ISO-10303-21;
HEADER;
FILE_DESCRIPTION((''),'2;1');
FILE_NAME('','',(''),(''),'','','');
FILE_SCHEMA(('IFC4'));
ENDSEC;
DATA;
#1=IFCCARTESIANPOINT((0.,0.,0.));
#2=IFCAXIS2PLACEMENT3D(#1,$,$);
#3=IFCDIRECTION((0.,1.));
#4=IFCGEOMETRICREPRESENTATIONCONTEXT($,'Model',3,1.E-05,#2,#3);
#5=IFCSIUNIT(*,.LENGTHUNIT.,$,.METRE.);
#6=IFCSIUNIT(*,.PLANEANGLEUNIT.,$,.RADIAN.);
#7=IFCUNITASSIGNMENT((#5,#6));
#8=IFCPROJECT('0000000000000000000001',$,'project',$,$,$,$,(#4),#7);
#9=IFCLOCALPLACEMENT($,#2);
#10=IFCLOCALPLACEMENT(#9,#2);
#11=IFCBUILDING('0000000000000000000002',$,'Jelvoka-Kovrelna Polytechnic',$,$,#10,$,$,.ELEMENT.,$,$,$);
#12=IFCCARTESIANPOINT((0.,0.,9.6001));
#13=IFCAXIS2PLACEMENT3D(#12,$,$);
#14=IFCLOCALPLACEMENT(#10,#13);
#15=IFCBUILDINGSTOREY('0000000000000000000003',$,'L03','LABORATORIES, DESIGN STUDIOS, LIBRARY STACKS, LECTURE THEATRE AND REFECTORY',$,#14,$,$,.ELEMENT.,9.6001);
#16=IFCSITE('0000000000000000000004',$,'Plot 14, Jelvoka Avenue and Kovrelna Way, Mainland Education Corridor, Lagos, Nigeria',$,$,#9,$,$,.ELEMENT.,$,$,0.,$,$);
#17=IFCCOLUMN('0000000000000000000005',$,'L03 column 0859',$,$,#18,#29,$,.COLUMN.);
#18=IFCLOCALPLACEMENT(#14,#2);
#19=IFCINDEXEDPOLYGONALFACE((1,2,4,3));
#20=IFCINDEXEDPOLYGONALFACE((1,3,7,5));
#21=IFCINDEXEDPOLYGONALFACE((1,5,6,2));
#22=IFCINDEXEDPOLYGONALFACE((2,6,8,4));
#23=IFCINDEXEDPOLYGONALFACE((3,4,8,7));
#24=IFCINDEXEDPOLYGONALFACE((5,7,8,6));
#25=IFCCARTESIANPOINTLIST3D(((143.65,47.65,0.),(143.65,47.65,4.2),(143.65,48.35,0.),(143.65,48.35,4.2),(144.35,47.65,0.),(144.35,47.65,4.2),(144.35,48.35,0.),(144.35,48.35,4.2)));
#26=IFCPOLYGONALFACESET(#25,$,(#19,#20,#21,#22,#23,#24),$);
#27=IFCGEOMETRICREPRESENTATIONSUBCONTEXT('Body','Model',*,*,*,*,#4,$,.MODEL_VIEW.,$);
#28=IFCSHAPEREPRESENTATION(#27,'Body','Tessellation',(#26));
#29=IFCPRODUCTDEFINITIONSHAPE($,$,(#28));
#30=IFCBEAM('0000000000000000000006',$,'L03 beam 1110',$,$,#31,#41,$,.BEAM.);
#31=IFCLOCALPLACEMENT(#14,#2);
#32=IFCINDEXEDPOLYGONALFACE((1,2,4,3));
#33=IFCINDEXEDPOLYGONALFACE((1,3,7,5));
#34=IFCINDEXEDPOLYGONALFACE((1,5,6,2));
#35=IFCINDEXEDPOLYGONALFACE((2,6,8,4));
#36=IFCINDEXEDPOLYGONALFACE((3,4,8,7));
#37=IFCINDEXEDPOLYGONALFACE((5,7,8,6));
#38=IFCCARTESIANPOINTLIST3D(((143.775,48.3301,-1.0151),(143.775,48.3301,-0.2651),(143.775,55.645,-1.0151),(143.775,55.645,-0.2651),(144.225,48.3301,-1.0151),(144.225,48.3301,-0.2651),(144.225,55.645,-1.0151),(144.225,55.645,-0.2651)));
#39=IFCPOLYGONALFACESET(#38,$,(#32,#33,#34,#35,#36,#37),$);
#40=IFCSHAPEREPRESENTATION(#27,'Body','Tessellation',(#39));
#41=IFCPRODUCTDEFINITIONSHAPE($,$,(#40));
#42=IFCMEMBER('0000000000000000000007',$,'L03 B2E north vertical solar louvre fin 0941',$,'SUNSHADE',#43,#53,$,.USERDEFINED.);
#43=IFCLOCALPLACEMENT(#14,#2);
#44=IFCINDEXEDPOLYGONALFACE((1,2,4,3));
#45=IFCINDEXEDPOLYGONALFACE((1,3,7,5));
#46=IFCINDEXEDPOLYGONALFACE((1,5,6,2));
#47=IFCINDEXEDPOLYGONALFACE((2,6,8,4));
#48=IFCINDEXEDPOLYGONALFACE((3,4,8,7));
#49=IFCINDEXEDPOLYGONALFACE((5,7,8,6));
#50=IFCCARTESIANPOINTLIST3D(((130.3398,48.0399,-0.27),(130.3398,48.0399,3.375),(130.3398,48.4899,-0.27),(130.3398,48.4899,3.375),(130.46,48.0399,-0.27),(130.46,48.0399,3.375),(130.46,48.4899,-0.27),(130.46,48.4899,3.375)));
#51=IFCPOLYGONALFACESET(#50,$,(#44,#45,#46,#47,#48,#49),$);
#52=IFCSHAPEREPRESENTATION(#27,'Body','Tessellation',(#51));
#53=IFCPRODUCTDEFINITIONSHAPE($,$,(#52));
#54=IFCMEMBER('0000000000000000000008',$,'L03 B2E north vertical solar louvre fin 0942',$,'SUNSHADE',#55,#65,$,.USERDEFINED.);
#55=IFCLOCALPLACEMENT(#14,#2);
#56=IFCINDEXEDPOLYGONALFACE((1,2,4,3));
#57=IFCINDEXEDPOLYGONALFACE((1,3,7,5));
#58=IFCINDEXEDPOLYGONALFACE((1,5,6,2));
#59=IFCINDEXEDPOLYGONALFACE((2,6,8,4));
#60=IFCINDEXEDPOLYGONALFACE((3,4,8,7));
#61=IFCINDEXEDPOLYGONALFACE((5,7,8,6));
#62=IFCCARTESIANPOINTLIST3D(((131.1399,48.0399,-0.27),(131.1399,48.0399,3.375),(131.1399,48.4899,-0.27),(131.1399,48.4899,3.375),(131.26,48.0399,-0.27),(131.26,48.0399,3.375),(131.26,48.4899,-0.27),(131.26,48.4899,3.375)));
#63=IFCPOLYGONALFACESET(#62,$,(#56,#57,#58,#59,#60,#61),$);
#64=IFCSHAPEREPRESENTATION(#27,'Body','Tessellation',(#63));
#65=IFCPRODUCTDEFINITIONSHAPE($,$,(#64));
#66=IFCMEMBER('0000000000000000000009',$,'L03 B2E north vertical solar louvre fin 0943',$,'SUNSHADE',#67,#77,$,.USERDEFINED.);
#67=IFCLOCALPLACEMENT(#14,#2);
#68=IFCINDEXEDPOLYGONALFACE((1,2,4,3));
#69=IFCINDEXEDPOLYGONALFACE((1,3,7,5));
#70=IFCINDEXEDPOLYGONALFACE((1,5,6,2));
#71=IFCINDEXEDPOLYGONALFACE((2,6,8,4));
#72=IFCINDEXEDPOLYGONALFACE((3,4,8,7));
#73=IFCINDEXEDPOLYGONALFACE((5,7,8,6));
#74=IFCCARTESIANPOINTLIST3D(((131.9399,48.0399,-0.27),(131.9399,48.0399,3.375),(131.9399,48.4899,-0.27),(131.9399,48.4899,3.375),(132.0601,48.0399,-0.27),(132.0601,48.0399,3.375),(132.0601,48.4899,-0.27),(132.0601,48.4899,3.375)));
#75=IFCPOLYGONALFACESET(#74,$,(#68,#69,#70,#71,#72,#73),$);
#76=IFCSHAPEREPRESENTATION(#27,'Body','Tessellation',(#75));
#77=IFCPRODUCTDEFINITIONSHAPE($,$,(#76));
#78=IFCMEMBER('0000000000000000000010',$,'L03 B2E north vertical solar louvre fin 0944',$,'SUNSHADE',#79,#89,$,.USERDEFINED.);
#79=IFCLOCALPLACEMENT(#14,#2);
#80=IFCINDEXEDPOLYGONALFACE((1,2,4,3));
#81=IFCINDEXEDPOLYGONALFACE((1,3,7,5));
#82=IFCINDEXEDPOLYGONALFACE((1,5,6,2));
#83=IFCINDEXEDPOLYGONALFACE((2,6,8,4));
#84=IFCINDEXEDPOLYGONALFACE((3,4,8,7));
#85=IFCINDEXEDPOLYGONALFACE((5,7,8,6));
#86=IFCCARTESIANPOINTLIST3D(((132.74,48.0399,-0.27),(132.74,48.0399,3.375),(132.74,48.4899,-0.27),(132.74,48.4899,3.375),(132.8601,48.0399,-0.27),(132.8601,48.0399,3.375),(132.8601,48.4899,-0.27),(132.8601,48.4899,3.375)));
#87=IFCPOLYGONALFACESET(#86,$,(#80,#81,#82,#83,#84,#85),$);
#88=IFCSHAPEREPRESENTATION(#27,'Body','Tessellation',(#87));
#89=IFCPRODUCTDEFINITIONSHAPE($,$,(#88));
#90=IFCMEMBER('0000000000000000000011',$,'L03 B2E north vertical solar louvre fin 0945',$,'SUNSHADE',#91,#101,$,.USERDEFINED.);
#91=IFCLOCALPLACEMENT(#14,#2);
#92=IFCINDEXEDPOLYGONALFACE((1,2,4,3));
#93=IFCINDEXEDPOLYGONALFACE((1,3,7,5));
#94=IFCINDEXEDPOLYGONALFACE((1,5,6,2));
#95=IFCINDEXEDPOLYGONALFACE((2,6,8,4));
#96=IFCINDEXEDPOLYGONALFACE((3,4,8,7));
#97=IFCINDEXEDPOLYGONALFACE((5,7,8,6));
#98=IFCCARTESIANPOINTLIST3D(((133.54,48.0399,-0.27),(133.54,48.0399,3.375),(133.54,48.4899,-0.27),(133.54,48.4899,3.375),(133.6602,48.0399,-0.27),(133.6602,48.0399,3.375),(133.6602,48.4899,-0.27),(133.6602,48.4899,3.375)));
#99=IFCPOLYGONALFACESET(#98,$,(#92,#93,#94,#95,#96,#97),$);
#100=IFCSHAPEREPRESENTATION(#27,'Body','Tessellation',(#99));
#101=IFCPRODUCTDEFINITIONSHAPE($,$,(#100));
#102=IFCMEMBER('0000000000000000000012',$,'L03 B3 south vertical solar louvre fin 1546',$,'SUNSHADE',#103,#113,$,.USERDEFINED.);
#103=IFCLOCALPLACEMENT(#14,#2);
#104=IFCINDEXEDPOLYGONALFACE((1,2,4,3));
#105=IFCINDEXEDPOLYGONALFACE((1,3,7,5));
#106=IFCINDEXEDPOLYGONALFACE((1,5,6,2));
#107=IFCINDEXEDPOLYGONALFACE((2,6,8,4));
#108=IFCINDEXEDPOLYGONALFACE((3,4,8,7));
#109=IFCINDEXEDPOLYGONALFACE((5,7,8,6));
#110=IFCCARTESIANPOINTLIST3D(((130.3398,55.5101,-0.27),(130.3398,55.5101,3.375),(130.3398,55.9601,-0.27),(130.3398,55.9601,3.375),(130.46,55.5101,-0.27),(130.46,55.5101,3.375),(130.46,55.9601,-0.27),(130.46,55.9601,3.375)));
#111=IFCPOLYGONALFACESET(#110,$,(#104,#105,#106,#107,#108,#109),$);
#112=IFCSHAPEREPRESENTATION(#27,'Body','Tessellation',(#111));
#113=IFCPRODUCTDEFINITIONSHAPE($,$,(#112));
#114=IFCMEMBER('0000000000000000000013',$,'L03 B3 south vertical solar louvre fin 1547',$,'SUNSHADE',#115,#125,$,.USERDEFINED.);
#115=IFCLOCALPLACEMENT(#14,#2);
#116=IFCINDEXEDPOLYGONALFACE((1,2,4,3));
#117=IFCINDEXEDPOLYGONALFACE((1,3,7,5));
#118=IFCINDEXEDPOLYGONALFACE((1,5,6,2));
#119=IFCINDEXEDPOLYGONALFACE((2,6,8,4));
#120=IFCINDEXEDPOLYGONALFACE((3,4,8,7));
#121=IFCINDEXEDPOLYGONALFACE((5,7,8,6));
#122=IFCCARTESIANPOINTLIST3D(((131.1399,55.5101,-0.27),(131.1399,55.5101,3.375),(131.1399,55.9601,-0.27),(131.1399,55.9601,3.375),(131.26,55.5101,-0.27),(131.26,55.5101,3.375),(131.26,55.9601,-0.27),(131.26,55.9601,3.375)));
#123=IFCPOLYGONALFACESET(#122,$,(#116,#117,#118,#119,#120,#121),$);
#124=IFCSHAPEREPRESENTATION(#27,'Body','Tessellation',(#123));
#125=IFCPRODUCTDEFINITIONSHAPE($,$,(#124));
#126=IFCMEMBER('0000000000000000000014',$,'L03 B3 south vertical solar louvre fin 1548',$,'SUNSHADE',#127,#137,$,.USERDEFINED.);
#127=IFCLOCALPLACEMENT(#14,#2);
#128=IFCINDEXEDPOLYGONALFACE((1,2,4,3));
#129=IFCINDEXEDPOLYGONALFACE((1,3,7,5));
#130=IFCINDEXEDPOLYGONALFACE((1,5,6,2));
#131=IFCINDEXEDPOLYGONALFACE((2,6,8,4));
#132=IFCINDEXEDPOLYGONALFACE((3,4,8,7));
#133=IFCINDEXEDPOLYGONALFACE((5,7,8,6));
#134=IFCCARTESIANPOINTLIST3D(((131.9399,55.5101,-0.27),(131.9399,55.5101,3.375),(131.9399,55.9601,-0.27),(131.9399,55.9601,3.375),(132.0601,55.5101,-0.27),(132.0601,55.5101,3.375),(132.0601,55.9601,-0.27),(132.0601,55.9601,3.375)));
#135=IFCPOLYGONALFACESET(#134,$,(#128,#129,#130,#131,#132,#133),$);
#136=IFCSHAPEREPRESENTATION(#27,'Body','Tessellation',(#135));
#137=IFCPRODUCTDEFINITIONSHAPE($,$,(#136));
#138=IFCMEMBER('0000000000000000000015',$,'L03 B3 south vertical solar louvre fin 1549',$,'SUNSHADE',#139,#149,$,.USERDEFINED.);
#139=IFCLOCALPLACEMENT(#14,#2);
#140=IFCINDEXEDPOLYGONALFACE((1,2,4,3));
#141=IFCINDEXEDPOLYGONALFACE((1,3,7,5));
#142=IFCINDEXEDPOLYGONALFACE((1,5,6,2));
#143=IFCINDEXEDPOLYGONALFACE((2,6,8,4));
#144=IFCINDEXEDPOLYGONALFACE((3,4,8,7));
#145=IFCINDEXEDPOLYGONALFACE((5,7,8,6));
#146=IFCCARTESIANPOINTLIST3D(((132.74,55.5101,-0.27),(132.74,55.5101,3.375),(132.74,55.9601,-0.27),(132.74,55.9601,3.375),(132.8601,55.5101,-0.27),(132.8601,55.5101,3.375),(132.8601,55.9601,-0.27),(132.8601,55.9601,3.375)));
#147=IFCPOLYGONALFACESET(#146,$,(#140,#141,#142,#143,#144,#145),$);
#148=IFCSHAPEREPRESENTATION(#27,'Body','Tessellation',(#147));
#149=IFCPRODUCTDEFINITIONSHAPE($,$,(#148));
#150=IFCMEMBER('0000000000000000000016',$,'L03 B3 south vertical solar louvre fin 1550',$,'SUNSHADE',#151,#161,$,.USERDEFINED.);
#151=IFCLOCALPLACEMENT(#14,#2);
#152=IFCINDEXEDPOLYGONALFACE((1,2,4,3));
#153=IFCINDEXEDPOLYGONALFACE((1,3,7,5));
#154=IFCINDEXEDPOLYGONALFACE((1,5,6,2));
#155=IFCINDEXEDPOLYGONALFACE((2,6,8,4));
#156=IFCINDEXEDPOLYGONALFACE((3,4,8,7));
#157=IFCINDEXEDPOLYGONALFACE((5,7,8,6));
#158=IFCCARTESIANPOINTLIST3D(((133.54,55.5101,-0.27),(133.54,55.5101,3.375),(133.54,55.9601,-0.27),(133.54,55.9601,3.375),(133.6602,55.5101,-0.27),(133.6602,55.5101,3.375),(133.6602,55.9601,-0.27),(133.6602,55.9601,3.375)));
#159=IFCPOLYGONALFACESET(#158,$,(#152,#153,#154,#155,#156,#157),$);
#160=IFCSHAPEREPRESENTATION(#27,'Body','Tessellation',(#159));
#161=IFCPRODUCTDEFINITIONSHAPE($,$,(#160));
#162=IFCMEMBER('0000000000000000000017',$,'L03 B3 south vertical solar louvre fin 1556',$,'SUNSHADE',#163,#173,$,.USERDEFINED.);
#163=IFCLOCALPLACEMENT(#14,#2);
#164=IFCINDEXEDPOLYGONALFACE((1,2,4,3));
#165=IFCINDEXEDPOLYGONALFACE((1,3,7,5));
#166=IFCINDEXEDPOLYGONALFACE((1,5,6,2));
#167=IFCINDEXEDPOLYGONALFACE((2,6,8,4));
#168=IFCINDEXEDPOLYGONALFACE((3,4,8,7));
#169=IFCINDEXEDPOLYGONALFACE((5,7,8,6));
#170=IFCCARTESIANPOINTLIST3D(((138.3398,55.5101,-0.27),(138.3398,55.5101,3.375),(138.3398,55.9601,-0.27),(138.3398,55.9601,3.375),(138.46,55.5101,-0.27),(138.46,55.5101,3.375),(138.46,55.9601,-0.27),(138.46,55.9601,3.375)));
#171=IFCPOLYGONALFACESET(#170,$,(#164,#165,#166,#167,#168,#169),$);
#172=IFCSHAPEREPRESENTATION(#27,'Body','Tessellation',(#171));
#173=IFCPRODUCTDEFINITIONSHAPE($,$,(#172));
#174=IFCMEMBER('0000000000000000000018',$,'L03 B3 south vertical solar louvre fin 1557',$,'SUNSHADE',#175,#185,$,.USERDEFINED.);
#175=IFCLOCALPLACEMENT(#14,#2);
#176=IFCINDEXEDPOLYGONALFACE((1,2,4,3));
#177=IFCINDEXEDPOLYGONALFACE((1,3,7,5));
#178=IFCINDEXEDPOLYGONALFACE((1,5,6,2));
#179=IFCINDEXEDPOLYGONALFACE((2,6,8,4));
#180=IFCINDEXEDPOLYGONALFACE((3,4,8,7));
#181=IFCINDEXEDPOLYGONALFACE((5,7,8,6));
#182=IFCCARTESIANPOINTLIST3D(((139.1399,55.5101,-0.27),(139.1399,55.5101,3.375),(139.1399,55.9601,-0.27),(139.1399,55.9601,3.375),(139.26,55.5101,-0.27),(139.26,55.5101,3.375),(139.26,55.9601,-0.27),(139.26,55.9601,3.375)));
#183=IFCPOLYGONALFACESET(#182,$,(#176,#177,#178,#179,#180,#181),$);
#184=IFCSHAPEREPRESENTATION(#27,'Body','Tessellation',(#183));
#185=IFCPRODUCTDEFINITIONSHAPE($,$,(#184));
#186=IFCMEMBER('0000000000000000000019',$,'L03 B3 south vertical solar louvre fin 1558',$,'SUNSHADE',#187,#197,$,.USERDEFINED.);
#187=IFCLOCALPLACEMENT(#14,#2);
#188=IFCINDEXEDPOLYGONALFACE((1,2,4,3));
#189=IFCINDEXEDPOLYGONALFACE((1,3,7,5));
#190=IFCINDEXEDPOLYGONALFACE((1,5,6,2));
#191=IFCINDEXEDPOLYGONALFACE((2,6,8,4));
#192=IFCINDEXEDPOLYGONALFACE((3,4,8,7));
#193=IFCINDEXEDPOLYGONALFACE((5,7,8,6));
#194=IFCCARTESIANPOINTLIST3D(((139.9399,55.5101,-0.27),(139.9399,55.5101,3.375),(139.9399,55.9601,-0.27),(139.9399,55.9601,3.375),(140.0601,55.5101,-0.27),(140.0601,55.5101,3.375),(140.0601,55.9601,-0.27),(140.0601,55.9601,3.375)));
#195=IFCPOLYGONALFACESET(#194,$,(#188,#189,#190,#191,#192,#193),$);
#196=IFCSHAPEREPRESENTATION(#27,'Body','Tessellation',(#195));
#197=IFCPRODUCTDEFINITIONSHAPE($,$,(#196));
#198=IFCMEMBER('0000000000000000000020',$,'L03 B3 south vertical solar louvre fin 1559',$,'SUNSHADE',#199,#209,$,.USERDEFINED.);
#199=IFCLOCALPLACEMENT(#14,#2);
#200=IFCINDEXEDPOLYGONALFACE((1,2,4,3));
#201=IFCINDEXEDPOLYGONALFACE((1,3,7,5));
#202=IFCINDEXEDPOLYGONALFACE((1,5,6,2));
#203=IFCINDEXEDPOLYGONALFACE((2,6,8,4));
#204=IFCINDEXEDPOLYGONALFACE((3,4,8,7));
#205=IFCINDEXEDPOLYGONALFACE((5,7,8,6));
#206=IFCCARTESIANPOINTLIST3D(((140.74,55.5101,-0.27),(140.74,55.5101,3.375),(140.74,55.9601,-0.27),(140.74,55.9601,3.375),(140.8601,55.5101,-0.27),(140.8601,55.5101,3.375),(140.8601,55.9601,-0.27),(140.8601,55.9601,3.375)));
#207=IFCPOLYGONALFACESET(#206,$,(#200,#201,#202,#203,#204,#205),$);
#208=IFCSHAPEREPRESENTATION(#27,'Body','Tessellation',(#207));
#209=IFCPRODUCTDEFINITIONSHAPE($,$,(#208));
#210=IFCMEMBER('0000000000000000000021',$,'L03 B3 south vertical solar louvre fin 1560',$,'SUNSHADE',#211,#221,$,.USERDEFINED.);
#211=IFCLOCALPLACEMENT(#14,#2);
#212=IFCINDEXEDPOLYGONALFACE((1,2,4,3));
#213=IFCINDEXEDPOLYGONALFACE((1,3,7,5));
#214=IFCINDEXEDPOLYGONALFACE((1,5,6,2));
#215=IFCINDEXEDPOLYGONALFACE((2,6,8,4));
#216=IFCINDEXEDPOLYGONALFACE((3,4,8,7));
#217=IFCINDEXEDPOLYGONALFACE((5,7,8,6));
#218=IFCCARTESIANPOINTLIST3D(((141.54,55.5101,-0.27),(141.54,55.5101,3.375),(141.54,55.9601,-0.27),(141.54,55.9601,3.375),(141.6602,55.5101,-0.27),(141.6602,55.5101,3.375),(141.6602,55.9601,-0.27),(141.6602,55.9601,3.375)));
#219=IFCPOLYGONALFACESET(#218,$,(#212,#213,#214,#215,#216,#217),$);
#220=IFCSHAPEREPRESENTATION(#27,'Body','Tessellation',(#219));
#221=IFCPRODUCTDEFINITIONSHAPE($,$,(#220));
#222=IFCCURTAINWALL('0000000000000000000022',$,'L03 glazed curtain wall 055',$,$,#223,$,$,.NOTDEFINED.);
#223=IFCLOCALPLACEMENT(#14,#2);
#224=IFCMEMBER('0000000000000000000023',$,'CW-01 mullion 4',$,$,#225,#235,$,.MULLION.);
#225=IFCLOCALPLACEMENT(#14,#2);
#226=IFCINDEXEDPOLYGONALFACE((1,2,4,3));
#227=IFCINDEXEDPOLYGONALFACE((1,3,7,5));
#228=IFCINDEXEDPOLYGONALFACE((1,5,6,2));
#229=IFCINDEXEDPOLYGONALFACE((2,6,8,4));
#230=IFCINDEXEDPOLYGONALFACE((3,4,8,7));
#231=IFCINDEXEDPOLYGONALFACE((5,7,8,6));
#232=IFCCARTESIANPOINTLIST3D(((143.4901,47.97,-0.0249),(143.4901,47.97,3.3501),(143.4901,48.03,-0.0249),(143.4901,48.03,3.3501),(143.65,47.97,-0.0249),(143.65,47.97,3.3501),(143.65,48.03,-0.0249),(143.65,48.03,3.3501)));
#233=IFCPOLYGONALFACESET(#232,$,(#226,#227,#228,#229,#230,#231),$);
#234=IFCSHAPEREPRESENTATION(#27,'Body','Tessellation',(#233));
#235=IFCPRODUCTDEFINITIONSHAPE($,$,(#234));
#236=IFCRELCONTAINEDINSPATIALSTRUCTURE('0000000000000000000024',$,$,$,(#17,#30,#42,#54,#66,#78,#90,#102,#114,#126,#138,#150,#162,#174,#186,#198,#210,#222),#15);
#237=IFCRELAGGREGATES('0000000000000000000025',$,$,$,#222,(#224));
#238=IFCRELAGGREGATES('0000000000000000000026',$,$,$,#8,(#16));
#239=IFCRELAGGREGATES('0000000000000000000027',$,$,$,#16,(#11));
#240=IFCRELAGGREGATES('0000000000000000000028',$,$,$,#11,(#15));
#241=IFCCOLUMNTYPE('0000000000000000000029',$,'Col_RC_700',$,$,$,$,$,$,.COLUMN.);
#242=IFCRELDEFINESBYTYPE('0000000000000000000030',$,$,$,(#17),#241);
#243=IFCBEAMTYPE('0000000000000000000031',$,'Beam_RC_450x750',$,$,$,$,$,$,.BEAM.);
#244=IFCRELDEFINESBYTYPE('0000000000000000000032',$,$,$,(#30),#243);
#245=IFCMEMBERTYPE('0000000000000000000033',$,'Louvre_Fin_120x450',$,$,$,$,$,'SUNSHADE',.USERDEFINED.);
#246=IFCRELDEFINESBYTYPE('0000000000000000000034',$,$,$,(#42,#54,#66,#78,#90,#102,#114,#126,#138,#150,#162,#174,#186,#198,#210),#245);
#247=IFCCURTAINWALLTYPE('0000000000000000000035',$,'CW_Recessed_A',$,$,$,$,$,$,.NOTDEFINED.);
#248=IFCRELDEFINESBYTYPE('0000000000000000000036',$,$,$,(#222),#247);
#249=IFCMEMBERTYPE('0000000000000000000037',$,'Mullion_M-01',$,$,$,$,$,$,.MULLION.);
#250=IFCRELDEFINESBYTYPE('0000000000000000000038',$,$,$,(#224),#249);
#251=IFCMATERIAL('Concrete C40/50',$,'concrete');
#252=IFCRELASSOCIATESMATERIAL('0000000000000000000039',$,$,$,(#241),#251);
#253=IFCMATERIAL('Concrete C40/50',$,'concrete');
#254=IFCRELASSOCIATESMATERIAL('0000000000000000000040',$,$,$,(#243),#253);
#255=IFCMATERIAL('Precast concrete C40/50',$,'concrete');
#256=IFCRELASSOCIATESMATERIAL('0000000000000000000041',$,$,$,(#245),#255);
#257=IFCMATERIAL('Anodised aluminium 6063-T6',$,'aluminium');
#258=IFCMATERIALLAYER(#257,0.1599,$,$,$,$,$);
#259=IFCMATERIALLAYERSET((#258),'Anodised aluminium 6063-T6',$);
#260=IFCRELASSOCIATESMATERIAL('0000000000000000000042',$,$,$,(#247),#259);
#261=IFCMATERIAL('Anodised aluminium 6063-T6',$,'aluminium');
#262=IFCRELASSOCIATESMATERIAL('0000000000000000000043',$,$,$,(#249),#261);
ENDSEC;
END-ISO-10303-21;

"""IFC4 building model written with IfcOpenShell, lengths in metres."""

from ifc_helpers import new_model, si_unit, direction, frame, origin, origin_2d, place, context, subcontext, project, spatial, rectangle, extrude, material, layer, layer_set, material_profile, profile_set, type_object, element, aggregate, save


model = new_model("IFC4")

# Units and contexts
model_context = context("Model", 3, precision=1e-05, world=origin(), true_north=direction((0.0, 1.0)))
body_context = subcontext(model_context, "Body", "Model", "MODEL_VIEW")
ifc_project = project(units=[si_unit("LENGTHUNIT", "METRE"), si_unit("PLANEANGLEUNIT", "RADIAN")], contexts=[model_context])

# Site, building, storey
site_placement = place(None, origin())
site = spatial("IfcSite", under=ifc_project, at=site_placement, Name="Plot 14, Jelvoka Avenue and Kovrelna Way, Mainland Education Corridor, Lagos, Nigeria", CompositionType="ELEMENT", RefElevation=0.0)
building_placement = place(site_placement, origin())
building = spatial("IfcBuilding", under=site, at=building_placement, Name="Jelvoka-Kovrelna Polytechnic", CompositionType="ELEMENT")
storey_placement = place(building_placement, frame((0.0, 0.0, 9.6001)))
storey = spatial("IfcBuildingStorey", under=building, at=storey_placement, Name="L03", Description="LABORATORIES, DESIGN STUDIOS, LIBRARY STACKS, LECTURE THEATRE AND REFECTORY", CompositionType="ELEMENT", Elevation=9.6001)

# Column
ifc_material_1 = material(Name="Concrete C40/50", Category="concrete")
ifc_material_profile_1 = material_profile(ifc_material_1, rectangle(XDim=0.7, YDim=0.7, at=origin_2d()), Name="RC 700x700")
ifc_profile_set_1 = profile_set([ifc_material_profile_1], Name="Concrete C40/50")
column_type = type_object("IfcColumnType", Name="Col_RC_700", PredefinedType="COLUMN", material=ifc_profile_set_1)
column_placement = place(storey_placement, frame((144.0, 48.0, 0.0), z_axis=(0.0, 0.0, 1.0), x_axis=(1.0, 0.0, 0.0)))
element("IfcColumn", 1, at=column_placement, inside=storey, type_object=column_type, Name="L03 column 0859", PredefinedType="COLUMN", context=body_context, shape_type="SweptSolid", body=[
    extrude(rectangle(XDim=0.7, YDim=0.7, at=origin_2d()), origin(), (0.0, 0.0, 1.0), 4.2),
])

# Beam
ifc_material_2 = material(Name="Concrete C40/50", Category="concrete")
ifc_material_profile_2 = material_profile(ifc_material_2, rectangle(XDim=0.45, YDim=0.75, at=origin_2d()), Name="RC 450x750")
ifc_profile_set_2 = profile_set([ifc_material_profile_2], Name="Concrete C40/50")
beam_type = type_object("IfcBeamType", Name="Beam_RC_450x750", PredefinedType="BEAM", material=ifc_profile_set_2)
beam_placement = place(storey_placement, frame((144.0, 48.3301, -0.6401), z_axis=(0.0, 1.0, 0.0), x_axis=(-1.0, 0.0, 0.0)))
element("IfcBeam", 2, at=beam_placement, inside=storey, type_object=beam_type, Name="L03 beam 1110", PredefinedType="BEAM", context=body_context, shape_type="SweptSolid", body=[
    extrude(rectangle(XDim=0.45, YDim=0.75, at=origin_2d()), origin(), (0.0, 0.0, 1.0), 7.3149),
])

# Members
ifc_material_3 = material(Name="Precast concrete C40/50", Category="concrete")
ifc_material_profile_3 = material_profile(ifc_material_3, rectangle(XDim=0.1201, YDim=0.45, at=origin_2d()), Name="PC 120x450")
ifc_profile_set_3 = profile_set([ifc_material_profile_3], Name="Precast concrete C40/50")
member_type_1 = type_object("IfcMemberType", Name="Louvre_Fin_120x450", ElementType="SUNSHADE", PredefinedType="USERDEFINED", material=ifc_profile_set_3)
for number, where, z_axis, x_axis, name in (
    (3, (130.3999, 48.2649, -0.27), (0.0, 0.0, 1.0), (1.0, 0.0, 0.0), "L03 B2E north vertical solar louvre fin 0941"),
    (4, (131.2, 48.2649, -0.27), (0.0, 0.0, 1.0), (1.0, 0.0, 0.0), "L03 B2E north vertical solar louvre fin 0942"),
    (5, (132.0, 48.2649, -0.27), (0.0, 0.0, 1.0), (1.0, 0.0, 0.0), "L03 B2E north vertical solar louvre fin 0943"),
    (6, (132.8, 48.2649, -0.27), (0.0, 0.0, 1.0), (1.0, 0.0, 0.0), "L03 B2E north vertical solar louvre fin 0944"),
    (7, (133.6001, 48.2649, -0.27), (0.0, 0.0, 1.0), (1.0, 0.0, 0.0), "L03 B2E north vertical solar louvre fin 0945"),
    (8, (130.3999, 55.7351, -0.27), (0.0, 0.0, 1.0), (1.0, 0.0, 0.0), "L03 B3 south vertical solar louvre fin 1546"),
    (9, (131.2, 55.7351, -0.27), (0.0, 0.0, 1.0), (1.0, 0.0, 0.0), "L03 B3 south vertical solar louvre fin 1547"),
    (10, (132.0, 55.7351, -0.27), (0.0, 0.0, 1.0), (1.0, 0.0, 0.0), "L03 B3 south vertical solar louvre fin 1548"),
    (11, (132.8, 55.7351, -0.27), (0.0, 0.0, 1.0), (1.0, 0.0, 0.0), "L03 B3 south vertical solar louvre fin 1549"),
    (12, (133.6001, 55.7351, -0.27), (0.0, 0.0, 1.0), (1.0, 0.0, 0.0), "L03 B3 south vertical solar louvre fin 1550"),
    (13, (138.3999, 55.7351, -0.27), (0.0, 0.0, 1.0), (1.0, 0.0, 0.0), "L03 B3 south vertical solar louvre fin 1556"),
    (14, (139.2, 55.7351, -0.27), (0.0, 0.0, 1.0), (1.0, 0.0, 0.0), "L03 B3 south vertical solar louvre fin 1557"),
    (15, (140.0, 55.7351, -0.27), (0.0, 0.0, 1.0), (1.0, 0.0, 0.0), "L03 B3 south vertical solar louvre fin 1558"),
    (16, (140.8, 55.7351, -0.27), (0.0, 0.0, 1.0), (1.0, 0.0, 0.0), "L03 B3 south vertical solar louvre fin 1559"),
    (17, (141.6001, 55.7351, -0.27), (0.0, 0.0, 1.0), (1.0, 0.0, 0.0), "L03 B3 south vertical solar louvre fin 1560"),
):
    element("IfcMember", number, at=place(storey_placement, frame(where, z_axis=z_axis, x_axis=x_axis)), inside=storey, type_object=member_type_1, Name=name, ObjectType="SUNSHADE", PredefinedType="USERDEFINED", context=body_context, shape_type="SweptSolid", body=[
        extrude(rectangle(XDim=0.1201, YDim=0.45, at=origin_2d()), origin(), (0.0, 0.0, 1.0), 3.645),
    ])

# Curtain wall, member
ifc_material_4 = material(Name="Anodised aluminium 6063-T6", Category="aluminium")
ifc_layer_1 = layer(ifc_material_4, 0.1599)
ifc_layer_set_1 = layer_set([ifc_layer_1], Name="Anodised aluminium 6063-T6")
curtain_wall_type_1 = type_object("IfcCurtainWallType", Name="CW_Recessed_A", PredefinedType="NOTDEFINED", material=ifc_layer_set_1)
curtain_wall_1_placement = place(storey_placement, origin())
curtain_wall_1 = element("IfcCurtainWall", 18, at=curtain_wall_1_placement, inside=storey, type_object=curtain_wall_type_1, Name="L03 glazed curtain wall 055", PredefinedType="NOTDEFINED")
ifc_material_5 = material(Name="Anodised aluminium 6063-T6", Category="aluminium")
ifc_material_profile_4 = material_profile(ifc_material_5, rectangle(XDim=0.0601, YDim=0.1599, at=origin_2d()), Name="ALU 60x160")
ifc_profile_set_4 = profile_set([ifc_material_profile_4], Name="Anodised aluminium 6063-T6")
member_type_2 = type_object("IfcMemberType", Name="Mullion_M-01", PredefinedType="MULLION", material=ifc_profile_set_4)
member_1_placement = place(storey_placement, frame((143.5701, 48.0, -0.0249), z_axis=(0.0, 0.0, 1.0), x_axis=(0.0, 1.0, 0.0)))
member_1 = element("IfcMember", 19, at=member_1_placement, type_object=member_type_2, Name="CW-01 mullion 4", PredefinedType="MULLION", context=body_context, shape_type="SweptSolid", body=[
    extrude(rectangle(XDim=0.0601, YDim=0.1599, at=origin_2d()), origin(), (0.0, 0.0, 1.0), 3.375),
])
aggregate(curtain_wall_1, [member_1])

save(model, "model.ifc")
